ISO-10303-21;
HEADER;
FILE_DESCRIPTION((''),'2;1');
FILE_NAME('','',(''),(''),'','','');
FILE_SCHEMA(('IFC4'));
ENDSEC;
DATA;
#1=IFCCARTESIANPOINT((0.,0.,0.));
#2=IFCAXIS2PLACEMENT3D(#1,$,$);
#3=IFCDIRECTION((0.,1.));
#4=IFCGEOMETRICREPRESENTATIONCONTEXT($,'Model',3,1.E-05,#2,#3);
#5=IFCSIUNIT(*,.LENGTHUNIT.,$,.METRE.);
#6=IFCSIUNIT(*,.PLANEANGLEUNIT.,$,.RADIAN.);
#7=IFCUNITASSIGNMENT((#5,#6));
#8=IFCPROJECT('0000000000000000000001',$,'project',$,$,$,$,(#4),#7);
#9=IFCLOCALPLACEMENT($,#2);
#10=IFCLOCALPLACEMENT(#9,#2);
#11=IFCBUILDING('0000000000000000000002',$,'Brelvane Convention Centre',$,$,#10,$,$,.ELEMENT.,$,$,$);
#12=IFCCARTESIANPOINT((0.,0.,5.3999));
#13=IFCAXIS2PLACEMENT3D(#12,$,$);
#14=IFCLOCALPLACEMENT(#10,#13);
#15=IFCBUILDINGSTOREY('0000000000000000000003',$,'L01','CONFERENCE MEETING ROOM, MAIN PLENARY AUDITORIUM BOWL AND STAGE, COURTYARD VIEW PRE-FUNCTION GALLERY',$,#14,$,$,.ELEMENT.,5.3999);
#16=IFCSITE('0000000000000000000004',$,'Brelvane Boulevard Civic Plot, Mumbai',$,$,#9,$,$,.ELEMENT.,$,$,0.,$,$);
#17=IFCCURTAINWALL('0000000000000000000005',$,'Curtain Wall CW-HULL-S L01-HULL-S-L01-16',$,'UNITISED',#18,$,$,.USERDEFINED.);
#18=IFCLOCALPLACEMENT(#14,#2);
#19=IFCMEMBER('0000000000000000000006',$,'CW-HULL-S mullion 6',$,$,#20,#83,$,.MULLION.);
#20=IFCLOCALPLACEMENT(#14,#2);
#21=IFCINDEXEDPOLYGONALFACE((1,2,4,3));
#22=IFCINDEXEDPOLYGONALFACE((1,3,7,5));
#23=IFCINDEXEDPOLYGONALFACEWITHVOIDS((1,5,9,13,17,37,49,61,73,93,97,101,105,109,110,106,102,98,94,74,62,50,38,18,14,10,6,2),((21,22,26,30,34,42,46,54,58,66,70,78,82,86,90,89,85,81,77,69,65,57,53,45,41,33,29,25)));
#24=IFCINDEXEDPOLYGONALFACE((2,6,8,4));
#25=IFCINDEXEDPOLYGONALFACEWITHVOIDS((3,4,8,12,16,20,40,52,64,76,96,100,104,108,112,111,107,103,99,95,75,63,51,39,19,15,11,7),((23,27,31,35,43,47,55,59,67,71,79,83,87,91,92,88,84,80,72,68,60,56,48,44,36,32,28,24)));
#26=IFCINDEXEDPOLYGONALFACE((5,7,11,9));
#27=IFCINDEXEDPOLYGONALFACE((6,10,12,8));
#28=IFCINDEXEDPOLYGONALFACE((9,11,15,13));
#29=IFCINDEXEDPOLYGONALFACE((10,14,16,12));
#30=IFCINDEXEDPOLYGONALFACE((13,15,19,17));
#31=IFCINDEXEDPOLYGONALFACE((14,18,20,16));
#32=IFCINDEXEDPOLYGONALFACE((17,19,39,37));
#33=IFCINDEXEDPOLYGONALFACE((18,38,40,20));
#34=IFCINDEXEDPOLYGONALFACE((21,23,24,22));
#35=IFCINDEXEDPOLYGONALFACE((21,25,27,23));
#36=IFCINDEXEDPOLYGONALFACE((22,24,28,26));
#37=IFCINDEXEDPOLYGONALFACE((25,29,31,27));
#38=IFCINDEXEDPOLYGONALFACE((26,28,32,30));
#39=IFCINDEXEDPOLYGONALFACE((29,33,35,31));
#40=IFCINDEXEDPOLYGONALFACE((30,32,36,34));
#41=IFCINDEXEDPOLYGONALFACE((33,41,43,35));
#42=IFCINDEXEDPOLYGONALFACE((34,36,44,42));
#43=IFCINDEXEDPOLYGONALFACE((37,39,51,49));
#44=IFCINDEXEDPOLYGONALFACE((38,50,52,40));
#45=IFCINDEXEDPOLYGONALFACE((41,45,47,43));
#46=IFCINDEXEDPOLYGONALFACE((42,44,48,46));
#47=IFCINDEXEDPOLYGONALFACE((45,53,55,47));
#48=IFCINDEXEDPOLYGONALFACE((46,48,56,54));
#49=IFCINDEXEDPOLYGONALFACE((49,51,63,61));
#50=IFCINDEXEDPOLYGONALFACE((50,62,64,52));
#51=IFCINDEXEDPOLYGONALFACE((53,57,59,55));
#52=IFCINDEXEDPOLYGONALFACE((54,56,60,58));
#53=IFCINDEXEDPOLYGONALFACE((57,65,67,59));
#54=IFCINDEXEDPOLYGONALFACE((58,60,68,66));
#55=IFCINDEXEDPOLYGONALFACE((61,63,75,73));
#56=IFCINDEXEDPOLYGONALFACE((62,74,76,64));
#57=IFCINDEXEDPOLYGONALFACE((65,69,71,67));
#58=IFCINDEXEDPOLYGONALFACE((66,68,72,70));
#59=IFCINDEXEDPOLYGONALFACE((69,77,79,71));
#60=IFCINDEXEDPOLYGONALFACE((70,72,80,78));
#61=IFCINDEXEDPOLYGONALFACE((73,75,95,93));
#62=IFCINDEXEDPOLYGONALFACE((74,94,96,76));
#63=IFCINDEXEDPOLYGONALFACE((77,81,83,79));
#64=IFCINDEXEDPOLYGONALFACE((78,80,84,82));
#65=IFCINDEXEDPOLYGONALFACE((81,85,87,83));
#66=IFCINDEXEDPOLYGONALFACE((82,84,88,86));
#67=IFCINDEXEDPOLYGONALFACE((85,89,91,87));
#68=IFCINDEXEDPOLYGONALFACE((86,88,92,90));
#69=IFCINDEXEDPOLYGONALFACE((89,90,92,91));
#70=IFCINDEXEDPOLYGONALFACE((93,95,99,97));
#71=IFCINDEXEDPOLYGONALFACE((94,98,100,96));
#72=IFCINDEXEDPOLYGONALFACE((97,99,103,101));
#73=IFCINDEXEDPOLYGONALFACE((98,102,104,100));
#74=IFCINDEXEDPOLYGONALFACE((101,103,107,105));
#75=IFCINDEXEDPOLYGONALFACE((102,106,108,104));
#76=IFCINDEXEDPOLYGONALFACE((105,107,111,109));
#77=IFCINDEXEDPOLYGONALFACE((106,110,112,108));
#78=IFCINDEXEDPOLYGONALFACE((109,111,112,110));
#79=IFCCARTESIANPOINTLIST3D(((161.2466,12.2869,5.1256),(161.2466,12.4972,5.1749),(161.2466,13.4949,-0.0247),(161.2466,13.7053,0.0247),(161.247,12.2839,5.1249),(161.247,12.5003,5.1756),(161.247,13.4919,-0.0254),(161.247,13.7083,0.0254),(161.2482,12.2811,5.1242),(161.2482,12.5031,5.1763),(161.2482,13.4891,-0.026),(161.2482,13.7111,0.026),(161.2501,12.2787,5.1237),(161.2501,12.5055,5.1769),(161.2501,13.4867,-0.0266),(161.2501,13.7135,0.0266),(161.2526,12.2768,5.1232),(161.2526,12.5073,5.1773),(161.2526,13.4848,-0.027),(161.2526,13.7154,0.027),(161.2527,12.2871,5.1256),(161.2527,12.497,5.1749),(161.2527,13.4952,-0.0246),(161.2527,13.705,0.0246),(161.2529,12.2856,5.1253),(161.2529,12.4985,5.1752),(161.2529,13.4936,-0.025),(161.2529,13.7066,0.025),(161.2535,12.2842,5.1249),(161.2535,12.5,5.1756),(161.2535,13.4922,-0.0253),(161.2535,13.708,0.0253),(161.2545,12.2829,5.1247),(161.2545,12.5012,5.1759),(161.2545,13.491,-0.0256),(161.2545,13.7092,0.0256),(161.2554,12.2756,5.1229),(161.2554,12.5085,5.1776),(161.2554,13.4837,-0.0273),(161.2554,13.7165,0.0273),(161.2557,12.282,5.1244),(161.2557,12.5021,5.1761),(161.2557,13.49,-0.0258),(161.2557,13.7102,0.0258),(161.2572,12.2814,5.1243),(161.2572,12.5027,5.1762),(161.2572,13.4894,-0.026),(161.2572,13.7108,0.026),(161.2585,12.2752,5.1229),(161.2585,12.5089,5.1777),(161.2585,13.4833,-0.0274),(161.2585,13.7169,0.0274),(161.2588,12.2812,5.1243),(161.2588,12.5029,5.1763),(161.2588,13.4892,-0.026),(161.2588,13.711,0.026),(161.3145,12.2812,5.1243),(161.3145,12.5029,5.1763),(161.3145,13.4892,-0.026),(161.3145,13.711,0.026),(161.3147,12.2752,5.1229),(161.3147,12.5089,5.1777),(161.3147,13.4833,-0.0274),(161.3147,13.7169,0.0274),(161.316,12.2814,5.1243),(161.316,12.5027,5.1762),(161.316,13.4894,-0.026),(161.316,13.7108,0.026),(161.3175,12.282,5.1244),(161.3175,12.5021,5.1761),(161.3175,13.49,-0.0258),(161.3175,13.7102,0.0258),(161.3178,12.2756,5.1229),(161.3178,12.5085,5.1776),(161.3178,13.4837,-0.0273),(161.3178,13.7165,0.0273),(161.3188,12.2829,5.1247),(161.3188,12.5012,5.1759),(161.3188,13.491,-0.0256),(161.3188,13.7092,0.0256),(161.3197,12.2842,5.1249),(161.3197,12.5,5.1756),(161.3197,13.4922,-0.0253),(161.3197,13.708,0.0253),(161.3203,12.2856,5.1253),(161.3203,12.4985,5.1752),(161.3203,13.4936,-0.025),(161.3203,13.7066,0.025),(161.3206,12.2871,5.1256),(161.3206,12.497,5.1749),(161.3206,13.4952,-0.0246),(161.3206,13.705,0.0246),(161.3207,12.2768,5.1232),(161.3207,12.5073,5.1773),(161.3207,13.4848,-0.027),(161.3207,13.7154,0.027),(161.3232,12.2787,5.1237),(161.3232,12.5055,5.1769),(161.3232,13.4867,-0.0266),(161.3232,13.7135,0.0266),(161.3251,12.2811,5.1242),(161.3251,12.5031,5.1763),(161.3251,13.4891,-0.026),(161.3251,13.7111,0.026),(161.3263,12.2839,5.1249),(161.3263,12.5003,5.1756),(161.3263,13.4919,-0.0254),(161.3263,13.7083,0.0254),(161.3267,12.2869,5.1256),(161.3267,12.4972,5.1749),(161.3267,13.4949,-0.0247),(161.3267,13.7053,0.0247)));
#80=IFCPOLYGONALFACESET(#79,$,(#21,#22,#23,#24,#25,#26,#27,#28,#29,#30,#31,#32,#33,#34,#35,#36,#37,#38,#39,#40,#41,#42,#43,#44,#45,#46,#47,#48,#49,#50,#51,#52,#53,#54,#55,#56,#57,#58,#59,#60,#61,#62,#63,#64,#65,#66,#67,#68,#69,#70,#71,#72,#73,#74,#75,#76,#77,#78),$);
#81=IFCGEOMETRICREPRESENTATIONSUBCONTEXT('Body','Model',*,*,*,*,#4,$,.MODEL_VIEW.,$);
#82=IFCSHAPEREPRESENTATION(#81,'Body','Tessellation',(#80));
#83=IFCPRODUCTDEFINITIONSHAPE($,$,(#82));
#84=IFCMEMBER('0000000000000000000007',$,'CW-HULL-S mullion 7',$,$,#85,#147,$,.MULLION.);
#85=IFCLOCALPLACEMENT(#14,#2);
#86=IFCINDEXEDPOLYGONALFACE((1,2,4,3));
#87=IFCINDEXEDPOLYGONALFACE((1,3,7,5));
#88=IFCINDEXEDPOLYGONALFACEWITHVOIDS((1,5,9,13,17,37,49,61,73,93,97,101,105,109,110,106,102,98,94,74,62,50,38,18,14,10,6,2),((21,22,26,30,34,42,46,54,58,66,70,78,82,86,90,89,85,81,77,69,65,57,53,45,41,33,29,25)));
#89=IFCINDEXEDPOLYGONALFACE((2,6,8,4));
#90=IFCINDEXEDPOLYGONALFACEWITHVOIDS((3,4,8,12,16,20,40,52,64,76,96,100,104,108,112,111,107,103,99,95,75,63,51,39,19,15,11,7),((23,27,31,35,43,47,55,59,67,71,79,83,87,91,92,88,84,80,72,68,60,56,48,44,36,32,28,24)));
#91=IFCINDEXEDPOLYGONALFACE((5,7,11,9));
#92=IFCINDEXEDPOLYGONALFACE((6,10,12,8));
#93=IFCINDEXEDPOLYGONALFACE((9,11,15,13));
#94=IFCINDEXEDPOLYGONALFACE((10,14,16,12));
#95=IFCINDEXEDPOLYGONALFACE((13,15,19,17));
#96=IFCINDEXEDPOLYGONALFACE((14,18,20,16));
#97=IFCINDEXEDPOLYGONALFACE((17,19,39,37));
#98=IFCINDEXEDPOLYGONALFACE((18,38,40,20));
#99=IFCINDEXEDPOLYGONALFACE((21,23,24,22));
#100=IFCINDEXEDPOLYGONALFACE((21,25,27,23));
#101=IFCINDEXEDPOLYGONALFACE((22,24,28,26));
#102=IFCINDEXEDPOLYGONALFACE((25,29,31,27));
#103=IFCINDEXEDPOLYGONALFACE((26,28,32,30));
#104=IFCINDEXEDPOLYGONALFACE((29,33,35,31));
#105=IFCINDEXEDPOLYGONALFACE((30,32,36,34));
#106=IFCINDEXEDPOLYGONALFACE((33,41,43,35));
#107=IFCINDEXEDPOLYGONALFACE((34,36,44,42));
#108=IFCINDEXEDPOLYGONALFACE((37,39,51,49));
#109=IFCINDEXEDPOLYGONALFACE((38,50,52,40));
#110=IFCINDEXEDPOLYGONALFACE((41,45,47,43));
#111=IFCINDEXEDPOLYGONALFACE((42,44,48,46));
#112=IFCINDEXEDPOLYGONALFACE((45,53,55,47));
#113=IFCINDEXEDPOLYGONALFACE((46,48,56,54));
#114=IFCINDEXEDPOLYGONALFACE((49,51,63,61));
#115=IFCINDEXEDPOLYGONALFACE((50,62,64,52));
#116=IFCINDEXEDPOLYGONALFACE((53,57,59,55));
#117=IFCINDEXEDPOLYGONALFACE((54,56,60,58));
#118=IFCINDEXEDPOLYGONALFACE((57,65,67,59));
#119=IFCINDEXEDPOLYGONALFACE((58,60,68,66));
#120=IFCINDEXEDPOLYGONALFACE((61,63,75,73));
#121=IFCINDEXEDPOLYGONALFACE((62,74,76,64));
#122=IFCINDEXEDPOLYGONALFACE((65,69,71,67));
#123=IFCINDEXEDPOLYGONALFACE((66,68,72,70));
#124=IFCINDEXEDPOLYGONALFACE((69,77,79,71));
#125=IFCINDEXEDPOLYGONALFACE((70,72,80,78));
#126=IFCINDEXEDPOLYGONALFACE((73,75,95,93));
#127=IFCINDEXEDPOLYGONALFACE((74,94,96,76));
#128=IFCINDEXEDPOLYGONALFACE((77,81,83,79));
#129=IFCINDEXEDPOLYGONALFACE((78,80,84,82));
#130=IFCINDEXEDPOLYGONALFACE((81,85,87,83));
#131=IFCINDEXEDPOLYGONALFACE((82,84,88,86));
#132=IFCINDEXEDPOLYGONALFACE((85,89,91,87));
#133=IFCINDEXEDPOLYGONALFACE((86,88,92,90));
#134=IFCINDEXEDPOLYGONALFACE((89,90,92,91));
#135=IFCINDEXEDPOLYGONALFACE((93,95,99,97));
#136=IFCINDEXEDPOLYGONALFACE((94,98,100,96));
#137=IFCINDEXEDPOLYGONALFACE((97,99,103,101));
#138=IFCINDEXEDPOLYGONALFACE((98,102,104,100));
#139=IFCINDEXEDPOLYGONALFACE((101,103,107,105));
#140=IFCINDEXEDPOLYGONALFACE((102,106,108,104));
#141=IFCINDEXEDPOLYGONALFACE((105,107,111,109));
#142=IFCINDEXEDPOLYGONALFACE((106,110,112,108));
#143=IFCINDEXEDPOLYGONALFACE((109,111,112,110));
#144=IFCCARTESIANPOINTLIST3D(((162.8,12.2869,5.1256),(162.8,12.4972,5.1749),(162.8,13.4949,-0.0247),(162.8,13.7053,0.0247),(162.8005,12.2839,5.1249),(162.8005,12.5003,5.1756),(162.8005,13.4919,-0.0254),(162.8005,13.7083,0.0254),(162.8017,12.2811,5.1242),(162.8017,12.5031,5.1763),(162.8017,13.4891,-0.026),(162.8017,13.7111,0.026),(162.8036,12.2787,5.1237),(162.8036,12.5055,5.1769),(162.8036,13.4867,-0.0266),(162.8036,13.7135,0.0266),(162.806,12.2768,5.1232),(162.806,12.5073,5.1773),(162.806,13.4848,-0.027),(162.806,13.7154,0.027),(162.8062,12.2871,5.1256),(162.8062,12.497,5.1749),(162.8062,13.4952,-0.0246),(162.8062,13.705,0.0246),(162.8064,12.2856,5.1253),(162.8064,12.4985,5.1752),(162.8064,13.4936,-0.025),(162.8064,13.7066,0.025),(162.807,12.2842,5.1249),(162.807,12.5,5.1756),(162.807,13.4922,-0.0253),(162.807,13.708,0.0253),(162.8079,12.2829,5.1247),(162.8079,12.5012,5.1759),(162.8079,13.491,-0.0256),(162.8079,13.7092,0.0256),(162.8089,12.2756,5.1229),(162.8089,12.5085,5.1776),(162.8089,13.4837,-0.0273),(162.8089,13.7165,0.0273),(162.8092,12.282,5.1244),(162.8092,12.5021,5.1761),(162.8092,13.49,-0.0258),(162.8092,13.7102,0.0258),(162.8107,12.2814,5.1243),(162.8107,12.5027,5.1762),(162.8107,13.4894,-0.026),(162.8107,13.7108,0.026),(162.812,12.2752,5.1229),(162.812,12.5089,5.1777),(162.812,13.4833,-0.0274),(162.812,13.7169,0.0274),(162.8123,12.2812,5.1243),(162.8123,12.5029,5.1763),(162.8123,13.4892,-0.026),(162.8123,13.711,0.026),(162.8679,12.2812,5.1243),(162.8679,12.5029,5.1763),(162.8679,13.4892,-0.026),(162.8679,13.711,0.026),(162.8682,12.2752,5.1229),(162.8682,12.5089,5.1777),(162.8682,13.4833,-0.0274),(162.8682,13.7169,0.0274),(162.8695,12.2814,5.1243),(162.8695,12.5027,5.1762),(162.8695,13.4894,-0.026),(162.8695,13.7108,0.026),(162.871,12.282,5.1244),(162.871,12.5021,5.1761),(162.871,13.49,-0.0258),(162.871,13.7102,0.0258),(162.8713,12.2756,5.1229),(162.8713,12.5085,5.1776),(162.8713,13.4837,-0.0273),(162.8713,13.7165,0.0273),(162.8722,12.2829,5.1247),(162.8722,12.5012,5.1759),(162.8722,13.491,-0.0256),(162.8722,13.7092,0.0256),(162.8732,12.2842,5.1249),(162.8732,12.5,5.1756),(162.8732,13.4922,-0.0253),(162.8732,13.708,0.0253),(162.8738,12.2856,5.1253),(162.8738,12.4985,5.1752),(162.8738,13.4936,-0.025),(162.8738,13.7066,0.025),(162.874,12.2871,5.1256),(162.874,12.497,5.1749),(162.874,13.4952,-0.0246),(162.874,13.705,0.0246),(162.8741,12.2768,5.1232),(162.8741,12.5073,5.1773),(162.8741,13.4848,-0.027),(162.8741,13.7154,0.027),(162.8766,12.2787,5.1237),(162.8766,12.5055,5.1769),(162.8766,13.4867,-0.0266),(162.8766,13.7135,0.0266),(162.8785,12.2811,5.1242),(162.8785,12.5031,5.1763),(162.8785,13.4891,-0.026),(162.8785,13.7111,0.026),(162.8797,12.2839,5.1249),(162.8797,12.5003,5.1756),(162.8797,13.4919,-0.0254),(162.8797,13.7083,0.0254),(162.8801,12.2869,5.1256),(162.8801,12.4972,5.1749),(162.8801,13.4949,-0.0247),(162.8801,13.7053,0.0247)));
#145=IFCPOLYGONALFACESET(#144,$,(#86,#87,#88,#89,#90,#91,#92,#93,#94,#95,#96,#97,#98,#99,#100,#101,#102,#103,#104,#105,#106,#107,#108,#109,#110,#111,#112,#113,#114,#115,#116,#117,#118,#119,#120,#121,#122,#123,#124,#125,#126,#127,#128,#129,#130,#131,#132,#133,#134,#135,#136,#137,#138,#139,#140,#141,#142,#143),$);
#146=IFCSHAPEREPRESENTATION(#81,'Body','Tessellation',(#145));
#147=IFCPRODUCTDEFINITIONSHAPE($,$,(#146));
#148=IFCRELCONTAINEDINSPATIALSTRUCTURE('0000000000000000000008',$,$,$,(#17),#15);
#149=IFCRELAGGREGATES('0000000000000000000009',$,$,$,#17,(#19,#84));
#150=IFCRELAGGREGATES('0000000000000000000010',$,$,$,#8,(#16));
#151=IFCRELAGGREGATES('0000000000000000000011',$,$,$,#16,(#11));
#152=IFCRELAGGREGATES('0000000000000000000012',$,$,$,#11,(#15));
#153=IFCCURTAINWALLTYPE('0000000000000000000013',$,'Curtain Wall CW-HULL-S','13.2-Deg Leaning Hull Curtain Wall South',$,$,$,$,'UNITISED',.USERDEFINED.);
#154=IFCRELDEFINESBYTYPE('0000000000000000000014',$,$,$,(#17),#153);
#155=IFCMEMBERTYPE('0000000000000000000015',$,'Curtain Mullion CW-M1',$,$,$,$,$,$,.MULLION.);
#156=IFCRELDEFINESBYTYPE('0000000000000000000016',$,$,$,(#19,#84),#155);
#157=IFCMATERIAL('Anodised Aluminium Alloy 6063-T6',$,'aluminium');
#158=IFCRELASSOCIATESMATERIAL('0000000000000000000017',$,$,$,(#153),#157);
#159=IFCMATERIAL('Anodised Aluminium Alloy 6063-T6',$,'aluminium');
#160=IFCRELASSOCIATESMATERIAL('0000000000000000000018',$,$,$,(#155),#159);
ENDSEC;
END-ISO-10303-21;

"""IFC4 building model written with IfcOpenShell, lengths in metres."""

from ifc_helpers import new_model, si_unit, direction, frame, origin, origin_2d, place, context, subcontext, project, spatial, hollow_rectangle, extrude, material, material_profile, profile_set, type_object, element, aggregate, save


model = new_model("IFC4")

# Units and contexts
model_context = context("Model", 3, precision=1e-05, world=origin(), true_north=direction((0.0, 1.0)))
body_context = subcontext(model_context, "Body", "Model", "MODEL_VIEW")
ifc_project = project(units=[si_unit("LENGTHUNIT", "METRE"), si_unit("PLANEANGLEUNIT", "RADIAN")], contexts=[model_context])

# Site, building, storey
site_placement = place(None, origin())
site = spatial("IfcSite", under=ifc_project, at=site_placement, Name="Brelvane Boulevard Civic Plot, Mumbai", CompositionType="ELEMENT", RefElevation=0.0)
building_placement = place(site_placement, origin())
building = spatial("IfcBuilding", under=site, at=building_placement, Name="Brelvane Convention Centre", CompositionType="ELEMENT")
storey_placement = place(building_placement, frame((0.0, 0.0, 5.3999)))
storey = spatial("IfcBuildingStorey", under=building, at=storey_placement, Name="L01", Description="CONFERENCE MEETING ROOM, MAIN PLENARY AUDITORIUM BOWL AND STAGE, COURTYARD VIEW PRE-FUNCTION GALLERY", CompositionType="ELEMENT", Elevation=5.3999)

# Curtain wall, members
ifc_material_1 = material(Name="Anodised Aluminium Alloy 6063-T6", Category="aluminium")
curtain_wall_type = type_object("IfcCurtainWallType", Name="Curtain Wall CW-HULL-S", Description="13.2-Deg Leaning Hull Curtain Wall South", ElementType="UNITISED", PredefinedType="USERDEFINED", material=ifc_material_1)
curtain_wall_1_placement = place(storey_placement, origin())
curtain_wall_1 = element("IfcCurtainWall", 1, at=curtain_wall_1_placement, inside=storey, type_object=curtain_wall_type, Name="Curtain Wall CW-HULL-S L01-HULL-S-L01-16", ObjectType="UNITISED", PredefinedType="USERDEFINED")
ifc_material_2 = material(Name="Anodised Aluminium Alloy 6063-T6", Category="aluminium")
ifc_material_profile_1 = material_profile(ifc_material_2, hollow_rectangle(XDim=0.0801, YDim=0.24, WallThickness=0.0061, InnerFilletRadius=0.0061, OuterFilletRadius=0.012, at=origin_2d()), Name="ALU-M 240x80x6.0")
ifc_profile_set_1 = profile_set([ifc_material_profile_1], Name="Anodised Aluminium Alloy 6063-T6")
member_type_1 = type_object("IfcMemberType", Name="Curtain Mullion CW-M1", PredefinedType="MULLION", material=ifc_profile_set_1)
member_1_placement = place(storey_placement, frame((161.2866, 13.6001, 0.0), z_axis=(0.0, -0.22836, 0.973577), x_axis=(1.0, 0.0, 0.0)))
member_1 = element("IfcMember", 2, at=member_1_placement, type_object=member_type_1, Name="CW-HULL-S mullion 6", PredefinedType="MULLION", context=body_context, shape_type="SweptSolid", body=[
    extrude(hollow_rectangle(XDim=0.0801, YDim=0.24, WallThickness=0.0061, InnerFilletRadius=0.0061, OuterFilletRadius=0.012, at=origin_2d()), origin(), (0.0, 0.0, 1.0), 5.29),
])
member_2_placement = place(storey_placement, frame((162.8401, 13.6001, 0.0), z_axis=(0.0, -0.22836, 0.973577), x_axis=(1.0, 0.0, 0.0)))
member_2 = element("IfcMember", 3, at=member_2_placement, type_object=member_type_1, Name="CW-HULL-S mullion 7", PredefinedType="MULLION", context=body_context, shape_type="SweptSolid", body=[
    extrude(hollow_rectangle(XDim=0.0801, YDim=0.24, WallThickness=0.0061, InnerFilletRadius=0.0061, OuterFilletRadius=0.012, at=origin_2d()), origin(), (0.0, 0.0, 1.0), 5.29),
])
aggregate(curtain_wall_1, [member_1, member_2])

save(model, "model.ifc")
